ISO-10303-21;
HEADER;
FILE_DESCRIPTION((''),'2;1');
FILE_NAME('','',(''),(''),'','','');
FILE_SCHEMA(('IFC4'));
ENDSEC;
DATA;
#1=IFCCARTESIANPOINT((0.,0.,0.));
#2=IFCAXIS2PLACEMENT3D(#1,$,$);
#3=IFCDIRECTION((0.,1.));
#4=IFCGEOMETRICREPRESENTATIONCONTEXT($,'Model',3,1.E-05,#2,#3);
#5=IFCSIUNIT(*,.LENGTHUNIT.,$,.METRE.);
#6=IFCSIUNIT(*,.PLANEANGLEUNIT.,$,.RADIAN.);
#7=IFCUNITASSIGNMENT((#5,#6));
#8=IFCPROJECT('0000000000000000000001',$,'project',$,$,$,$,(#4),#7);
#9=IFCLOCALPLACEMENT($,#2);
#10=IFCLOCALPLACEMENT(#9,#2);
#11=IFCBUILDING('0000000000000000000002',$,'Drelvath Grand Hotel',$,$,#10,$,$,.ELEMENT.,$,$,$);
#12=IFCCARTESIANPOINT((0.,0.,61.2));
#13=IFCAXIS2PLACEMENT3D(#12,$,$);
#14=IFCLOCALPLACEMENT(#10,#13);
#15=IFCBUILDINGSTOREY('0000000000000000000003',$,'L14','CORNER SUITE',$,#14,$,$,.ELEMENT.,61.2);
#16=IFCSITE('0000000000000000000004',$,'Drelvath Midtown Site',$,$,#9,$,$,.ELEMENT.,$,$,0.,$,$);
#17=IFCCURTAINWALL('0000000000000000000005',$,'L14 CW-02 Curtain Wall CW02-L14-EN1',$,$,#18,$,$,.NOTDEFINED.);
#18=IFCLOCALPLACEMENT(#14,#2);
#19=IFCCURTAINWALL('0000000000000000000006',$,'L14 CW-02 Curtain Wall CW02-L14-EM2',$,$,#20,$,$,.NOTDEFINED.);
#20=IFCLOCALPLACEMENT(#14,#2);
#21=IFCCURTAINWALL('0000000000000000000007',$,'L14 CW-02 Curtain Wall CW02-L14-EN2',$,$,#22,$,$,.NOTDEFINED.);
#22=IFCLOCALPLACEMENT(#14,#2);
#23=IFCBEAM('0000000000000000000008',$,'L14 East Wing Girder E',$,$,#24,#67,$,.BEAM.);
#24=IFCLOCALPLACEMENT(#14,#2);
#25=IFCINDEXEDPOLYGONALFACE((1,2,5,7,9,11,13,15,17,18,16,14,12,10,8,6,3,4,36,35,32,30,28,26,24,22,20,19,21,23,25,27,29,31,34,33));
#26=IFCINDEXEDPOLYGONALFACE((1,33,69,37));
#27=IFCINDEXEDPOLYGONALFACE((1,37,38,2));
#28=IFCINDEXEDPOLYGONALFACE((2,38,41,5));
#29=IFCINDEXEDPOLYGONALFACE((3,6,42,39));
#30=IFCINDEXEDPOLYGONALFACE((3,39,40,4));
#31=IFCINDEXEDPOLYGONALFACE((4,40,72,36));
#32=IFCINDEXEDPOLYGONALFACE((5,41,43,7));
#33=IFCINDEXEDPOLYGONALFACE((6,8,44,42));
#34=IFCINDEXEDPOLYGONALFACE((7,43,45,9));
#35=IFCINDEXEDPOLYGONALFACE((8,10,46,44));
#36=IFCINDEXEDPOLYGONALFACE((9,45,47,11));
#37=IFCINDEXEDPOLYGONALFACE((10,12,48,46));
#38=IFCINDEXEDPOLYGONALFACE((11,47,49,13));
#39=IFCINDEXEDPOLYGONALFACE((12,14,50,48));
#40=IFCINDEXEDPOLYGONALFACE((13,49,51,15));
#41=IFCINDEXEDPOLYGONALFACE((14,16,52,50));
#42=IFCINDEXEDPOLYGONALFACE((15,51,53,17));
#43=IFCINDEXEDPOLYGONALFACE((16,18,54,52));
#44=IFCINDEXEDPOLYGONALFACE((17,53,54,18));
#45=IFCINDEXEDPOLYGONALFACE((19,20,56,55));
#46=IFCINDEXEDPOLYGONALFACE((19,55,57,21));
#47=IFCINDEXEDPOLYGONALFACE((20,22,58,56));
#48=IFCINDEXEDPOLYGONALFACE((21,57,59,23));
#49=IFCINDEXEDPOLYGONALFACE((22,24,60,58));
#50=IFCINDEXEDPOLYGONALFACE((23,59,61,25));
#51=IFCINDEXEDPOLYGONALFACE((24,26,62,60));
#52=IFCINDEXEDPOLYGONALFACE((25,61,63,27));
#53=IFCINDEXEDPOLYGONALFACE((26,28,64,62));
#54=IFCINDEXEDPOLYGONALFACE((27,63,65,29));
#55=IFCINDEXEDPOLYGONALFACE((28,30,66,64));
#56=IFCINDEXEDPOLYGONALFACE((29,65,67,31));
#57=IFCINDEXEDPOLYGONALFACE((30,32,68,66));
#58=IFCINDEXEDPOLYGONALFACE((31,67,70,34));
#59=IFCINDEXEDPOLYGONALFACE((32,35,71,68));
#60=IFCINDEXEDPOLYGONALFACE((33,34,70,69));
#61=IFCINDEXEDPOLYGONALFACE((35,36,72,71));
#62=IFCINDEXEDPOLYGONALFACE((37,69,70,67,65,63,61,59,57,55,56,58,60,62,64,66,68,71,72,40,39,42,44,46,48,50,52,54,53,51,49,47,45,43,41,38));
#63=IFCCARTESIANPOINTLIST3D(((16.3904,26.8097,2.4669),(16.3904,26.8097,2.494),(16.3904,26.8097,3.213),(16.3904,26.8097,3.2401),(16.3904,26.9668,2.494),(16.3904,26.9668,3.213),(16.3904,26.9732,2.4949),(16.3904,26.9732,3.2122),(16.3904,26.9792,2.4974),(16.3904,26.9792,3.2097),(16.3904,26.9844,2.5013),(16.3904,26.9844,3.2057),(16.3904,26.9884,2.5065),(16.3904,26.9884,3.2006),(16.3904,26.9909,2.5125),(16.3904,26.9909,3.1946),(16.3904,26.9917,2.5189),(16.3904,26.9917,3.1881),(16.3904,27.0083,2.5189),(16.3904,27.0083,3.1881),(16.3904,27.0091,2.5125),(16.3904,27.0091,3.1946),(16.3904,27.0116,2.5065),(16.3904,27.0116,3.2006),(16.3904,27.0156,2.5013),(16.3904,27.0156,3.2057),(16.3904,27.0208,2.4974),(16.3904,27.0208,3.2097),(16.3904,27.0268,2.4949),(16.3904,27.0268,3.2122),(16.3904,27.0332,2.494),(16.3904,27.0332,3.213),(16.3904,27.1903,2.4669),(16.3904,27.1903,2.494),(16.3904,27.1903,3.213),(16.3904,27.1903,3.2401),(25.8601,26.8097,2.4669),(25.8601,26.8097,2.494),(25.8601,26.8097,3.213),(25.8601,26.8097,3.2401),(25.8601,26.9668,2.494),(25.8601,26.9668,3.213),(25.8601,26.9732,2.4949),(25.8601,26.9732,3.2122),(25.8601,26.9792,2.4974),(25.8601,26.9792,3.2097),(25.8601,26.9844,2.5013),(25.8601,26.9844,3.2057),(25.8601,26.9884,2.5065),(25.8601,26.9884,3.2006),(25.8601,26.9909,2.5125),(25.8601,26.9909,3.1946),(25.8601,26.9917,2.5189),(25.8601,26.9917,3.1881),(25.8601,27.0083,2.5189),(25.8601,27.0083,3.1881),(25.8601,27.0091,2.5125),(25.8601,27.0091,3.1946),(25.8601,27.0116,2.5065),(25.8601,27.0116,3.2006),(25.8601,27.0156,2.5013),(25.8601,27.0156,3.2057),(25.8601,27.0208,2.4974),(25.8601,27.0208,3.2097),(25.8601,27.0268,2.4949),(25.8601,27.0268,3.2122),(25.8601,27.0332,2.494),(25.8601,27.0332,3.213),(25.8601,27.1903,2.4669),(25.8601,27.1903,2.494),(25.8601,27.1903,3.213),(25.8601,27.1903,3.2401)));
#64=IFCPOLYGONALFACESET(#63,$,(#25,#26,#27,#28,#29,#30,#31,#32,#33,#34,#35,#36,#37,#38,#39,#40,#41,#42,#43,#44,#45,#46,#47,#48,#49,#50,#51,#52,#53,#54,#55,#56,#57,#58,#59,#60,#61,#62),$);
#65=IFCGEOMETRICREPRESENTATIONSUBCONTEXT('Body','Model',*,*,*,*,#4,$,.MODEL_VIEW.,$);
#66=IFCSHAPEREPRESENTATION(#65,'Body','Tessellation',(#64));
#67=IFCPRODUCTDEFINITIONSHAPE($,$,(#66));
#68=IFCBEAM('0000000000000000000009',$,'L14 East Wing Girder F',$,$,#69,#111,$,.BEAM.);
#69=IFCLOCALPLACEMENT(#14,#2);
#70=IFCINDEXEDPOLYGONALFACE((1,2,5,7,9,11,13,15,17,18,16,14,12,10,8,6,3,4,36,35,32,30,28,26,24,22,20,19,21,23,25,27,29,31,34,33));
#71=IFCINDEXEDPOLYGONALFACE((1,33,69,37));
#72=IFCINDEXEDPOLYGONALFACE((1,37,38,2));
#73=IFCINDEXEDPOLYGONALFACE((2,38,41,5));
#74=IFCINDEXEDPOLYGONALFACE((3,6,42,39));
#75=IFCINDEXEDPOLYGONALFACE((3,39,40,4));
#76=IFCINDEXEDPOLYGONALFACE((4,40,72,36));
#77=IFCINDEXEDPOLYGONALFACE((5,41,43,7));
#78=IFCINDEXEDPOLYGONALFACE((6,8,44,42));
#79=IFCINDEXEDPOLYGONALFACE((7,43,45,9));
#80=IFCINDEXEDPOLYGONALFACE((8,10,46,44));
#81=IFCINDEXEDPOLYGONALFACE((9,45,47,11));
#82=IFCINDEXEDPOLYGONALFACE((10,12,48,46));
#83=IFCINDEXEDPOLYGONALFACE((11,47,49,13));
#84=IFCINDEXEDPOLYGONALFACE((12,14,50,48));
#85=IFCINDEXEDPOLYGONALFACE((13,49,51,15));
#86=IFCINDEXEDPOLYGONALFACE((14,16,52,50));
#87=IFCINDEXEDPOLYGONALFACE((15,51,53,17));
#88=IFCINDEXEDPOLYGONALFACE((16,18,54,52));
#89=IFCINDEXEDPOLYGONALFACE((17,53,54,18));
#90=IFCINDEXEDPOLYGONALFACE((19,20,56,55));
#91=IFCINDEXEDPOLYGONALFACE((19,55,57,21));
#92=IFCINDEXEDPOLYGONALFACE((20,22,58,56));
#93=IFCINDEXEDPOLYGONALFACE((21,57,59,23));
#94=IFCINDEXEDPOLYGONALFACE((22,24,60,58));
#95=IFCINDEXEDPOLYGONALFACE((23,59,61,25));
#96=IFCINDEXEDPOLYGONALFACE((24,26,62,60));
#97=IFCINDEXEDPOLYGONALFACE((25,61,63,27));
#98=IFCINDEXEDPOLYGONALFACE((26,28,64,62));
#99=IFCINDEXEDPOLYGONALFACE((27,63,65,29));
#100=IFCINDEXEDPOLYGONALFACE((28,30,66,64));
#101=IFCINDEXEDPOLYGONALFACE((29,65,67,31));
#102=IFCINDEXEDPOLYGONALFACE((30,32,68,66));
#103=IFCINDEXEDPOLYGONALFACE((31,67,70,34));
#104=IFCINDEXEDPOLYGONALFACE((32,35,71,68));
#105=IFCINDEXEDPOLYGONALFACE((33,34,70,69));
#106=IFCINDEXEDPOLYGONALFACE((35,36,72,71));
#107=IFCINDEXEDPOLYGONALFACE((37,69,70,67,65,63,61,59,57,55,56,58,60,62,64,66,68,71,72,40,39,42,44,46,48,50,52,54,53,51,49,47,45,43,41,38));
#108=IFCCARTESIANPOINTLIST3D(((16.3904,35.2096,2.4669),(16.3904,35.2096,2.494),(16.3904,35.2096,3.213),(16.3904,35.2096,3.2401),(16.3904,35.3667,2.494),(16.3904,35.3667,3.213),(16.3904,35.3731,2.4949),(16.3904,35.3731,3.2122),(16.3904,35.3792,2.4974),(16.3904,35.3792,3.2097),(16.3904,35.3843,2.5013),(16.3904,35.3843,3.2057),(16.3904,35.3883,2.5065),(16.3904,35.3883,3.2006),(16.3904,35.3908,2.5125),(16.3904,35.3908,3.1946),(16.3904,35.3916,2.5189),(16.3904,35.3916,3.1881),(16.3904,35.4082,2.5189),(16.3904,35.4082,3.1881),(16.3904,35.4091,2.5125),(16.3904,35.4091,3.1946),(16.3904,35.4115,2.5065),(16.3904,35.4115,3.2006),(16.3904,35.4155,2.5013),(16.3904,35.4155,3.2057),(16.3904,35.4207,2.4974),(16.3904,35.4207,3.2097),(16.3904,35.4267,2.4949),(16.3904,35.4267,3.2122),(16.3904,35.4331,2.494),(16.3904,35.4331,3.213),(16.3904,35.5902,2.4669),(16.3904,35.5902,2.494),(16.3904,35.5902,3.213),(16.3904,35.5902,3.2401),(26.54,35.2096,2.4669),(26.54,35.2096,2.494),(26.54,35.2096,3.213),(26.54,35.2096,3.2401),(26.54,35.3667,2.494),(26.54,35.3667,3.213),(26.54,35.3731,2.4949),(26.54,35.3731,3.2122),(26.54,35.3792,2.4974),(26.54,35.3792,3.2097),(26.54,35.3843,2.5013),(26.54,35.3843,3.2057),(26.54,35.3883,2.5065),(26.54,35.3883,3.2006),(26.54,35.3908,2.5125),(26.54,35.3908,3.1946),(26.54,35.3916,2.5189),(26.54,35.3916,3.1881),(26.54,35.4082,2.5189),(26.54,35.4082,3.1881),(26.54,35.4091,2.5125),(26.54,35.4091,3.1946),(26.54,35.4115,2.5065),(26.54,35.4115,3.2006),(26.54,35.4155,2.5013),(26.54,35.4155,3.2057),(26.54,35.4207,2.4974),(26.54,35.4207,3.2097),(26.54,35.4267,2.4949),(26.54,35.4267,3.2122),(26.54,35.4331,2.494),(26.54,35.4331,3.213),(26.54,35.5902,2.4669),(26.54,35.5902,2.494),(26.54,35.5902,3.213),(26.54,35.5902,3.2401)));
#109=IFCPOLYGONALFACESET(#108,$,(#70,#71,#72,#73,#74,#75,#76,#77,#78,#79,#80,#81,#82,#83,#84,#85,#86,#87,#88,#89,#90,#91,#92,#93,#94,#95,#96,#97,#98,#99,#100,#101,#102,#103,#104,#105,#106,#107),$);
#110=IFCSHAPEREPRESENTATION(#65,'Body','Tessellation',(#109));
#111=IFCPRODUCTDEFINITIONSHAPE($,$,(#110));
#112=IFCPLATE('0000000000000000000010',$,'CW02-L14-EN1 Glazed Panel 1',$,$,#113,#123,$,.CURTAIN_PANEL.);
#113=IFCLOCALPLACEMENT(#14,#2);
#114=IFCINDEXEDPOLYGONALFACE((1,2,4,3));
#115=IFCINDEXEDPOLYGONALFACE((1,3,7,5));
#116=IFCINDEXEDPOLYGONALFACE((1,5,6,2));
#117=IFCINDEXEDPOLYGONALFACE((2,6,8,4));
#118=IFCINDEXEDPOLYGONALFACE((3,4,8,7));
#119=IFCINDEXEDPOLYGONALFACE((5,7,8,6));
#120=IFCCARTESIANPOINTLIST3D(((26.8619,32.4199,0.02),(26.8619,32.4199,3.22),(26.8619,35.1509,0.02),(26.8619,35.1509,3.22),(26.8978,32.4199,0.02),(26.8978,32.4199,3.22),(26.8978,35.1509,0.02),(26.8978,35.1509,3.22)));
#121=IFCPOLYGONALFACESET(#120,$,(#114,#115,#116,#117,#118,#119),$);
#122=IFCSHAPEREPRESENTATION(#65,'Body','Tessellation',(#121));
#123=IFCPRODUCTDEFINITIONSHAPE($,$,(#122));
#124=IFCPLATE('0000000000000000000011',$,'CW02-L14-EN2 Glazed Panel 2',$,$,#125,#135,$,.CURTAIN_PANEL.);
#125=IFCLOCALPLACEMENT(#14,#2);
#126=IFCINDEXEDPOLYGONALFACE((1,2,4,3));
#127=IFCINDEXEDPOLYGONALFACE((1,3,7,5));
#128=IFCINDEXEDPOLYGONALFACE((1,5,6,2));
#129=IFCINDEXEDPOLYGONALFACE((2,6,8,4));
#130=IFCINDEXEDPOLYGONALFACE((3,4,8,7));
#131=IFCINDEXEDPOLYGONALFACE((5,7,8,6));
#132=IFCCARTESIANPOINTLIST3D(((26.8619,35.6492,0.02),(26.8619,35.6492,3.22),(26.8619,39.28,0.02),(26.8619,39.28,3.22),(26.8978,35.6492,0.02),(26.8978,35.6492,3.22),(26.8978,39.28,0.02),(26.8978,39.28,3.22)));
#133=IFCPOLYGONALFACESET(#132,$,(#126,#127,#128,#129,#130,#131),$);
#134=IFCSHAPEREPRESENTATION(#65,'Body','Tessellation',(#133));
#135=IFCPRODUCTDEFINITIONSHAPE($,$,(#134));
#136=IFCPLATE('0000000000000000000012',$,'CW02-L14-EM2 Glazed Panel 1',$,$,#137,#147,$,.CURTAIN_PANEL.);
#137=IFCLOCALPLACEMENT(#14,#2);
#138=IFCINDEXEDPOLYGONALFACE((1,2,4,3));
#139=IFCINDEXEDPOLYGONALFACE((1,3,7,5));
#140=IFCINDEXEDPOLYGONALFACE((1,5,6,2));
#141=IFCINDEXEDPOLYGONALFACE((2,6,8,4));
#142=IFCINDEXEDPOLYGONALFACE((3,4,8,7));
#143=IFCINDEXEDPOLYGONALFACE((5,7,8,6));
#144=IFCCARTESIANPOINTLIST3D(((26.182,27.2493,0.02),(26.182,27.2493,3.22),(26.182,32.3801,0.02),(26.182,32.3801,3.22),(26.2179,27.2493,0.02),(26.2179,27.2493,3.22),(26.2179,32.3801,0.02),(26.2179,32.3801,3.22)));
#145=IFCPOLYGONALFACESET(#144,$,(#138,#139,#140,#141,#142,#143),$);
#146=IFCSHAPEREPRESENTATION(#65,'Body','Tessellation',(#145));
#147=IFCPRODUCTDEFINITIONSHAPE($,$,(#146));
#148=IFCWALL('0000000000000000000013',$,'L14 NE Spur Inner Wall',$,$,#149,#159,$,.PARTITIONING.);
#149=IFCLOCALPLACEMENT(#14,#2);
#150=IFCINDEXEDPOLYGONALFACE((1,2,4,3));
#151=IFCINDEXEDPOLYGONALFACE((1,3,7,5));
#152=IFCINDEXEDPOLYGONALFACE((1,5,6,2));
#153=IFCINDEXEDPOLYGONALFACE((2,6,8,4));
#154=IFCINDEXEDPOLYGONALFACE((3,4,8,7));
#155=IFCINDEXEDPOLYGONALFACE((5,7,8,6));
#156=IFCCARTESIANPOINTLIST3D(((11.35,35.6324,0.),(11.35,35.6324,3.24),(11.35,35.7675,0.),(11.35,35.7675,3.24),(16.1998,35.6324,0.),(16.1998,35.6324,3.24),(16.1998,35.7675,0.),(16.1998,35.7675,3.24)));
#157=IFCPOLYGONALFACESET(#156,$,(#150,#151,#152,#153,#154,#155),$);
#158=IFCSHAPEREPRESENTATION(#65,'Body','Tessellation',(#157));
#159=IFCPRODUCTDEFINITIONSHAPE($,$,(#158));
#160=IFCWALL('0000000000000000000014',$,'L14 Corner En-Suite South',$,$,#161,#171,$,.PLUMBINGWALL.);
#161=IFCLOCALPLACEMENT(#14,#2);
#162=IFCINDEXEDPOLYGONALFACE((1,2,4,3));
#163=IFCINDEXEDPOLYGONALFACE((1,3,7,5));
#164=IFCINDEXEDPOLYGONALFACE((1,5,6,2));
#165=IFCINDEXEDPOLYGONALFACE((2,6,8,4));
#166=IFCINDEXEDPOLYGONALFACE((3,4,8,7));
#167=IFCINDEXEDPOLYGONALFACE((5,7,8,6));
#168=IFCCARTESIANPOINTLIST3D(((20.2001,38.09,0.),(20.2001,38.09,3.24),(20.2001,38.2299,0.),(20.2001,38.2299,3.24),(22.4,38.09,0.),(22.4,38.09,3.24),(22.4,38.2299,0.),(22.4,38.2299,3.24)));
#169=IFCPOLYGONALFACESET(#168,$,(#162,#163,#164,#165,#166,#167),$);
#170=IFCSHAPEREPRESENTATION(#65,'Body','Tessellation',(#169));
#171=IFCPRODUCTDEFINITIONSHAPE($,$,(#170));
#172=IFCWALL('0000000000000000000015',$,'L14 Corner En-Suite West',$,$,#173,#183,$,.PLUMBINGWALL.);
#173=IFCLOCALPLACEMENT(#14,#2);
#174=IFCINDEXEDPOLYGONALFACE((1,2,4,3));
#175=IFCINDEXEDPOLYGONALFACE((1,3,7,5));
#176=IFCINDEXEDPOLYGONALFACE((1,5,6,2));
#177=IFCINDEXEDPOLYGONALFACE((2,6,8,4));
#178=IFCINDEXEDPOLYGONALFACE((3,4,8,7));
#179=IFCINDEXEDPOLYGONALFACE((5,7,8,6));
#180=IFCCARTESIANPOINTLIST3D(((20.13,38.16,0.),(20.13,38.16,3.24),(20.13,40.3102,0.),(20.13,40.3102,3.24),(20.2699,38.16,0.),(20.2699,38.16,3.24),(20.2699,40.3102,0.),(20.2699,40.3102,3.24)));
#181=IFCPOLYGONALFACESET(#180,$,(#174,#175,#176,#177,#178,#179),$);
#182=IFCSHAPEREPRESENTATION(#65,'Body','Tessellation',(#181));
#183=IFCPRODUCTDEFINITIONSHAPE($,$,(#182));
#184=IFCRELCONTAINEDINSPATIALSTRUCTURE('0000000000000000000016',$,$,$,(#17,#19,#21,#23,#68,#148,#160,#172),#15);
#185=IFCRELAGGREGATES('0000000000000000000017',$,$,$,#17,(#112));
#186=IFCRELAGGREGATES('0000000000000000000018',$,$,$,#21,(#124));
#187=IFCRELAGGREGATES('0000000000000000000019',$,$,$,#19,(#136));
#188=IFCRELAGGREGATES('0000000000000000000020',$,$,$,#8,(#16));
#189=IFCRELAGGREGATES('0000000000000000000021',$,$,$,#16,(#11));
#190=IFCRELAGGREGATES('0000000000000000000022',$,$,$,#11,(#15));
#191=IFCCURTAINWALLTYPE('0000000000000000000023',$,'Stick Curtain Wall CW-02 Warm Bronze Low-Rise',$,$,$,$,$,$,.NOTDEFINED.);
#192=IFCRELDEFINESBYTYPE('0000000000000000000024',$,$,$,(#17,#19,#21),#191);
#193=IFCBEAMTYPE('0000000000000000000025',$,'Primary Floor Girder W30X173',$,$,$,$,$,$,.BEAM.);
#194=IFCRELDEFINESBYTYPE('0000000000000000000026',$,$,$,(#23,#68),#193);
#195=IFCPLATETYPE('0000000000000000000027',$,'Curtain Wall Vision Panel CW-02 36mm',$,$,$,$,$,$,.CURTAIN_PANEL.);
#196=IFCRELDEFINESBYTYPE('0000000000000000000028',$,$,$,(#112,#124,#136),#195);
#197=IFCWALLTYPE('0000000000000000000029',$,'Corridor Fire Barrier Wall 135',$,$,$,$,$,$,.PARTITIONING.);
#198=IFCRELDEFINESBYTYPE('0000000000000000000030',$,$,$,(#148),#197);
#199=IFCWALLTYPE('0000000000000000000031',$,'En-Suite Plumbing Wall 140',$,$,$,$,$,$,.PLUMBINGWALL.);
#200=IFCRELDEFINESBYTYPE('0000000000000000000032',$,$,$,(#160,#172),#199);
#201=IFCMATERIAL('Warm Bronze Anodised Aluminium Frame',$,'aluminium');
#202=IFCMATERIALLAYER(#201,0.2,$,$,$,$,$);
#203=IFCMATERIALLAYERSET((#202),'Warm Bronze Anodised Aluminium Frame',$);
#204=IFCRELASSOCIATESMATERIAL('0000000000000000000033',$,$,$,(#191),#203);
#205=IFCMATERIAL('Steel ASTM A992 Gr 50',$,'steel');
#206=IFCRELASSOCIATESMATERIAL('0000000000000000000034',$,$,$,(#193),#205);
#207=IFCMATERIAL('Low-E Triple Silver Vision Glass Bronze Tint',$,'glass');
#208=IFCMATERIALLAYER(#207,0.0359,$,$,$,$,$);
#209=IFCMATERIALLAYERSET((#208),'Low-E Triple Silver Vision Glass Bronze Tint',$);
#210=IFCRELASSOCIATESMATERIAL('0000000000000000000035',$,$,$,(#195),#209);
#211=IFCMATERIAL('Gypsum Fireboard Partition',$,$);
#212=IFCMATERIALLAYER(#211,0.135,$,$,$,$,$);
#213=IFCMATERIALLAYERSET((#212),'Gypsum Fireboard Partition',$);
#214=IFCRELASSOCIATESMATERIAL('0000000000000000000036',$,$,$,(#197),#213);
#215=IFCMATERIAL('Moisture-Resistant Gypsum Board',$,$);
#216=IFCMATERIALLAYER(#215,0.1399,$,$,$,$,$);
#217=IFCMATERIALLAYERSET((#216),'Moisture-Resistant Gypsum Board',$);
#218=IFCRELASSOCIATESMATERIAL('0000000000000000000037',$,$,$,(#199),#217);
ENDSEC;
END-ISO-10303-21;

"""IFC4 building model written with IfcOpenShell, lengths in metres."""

from ifc_helpers import new_model, si_unit, direction, frame, frame_2d, origin, origin_2d, place, context, subcontext, project, spatial, rectangle, i_section, extrude, material, layer, layer_set, material_profile, profile_set, type_object, element, aggregate, save


model = new_model("IFC4")

# Units and contexts
model_context = context("Model", 3, precision=1e-05, world=origin(), true_north=direction((0.0, 1.0)))
body_context = subcontext(model_context, "Body", "Model", "MODEL_VIEW")
ifc_project = project(units=[si_unit("LENGTHUNIT", "METRE"), si_unit("PLANEANGLEUNIT", "RADIAN")], contexts=[model_context])

# Site, building, storey
site_placement = place(None, origin())
site = spatial("IfcSite", under=ifc_project, at=site_placement, Name="Drelvath Midtown Site", CompositionType="ELEMENT", RefElevation=0.0)
building_placement = place(site_placement, origin())
building = spatial("IfcBuilding", under=site, at=building_placement, Name="Drelvath Grand Hotel", CompositionType="ELEMENT")
storey_placement = place(building_placement, frame((0.0, 0.0, 61.2)))
storey = spatial("IfcBuildingStorey", under=building, at=storey_placement, Name="L14", Description="CORNER SUITE", CompositionType="ELEMENT", Elevation=61.2)

# Curtain walls
ifc_material_1 = material(Name="Warm Bronze Anodised Aluminium Frame", Category="aluminium")
ifc_layer_1 = layer(ifc_material_1, 0.2)
ifc_layer_set_1 = layer_set([ifc_layer_1], Name="Warm Bronze Anodised Aluminium Frame")
curtain_wall_type = type_object("IfcCurtainWallType", Name="Stick Curtain Wall CW-02 Warm Bronze Low-Rise", PredefinedType="NOTDEFINED", material=ifc_layer_set_1)
curtain_wall_1_placement = place(storey_placement, origin())
curtain_wall_1 = element("IfcCurtainWall", 1, at=curtain_wall_1_placement, inside=storey, type_object=curtain_wall_type, Name="L14 CW-02 Curtain Wall CW02-L14-EN1", PredefinedType="NOTDEFINED")
curtain_wall_2_placement = place(storey_placement, origin())
curtain_wall_2 = element("IfcCurtainWall", 2, at=curtain_wall_2_placement, inside=storey, type_object=curtain_wall_type, Name="L14 CW-02 Curtain Wall CW02-L14-EM2", PredefinedType="NOTDEFINED")

# Curtain wall
curtain_wall_3_placement = place(storey_placement, origin())
curtain_wall_3 = element("IfcCurtainWall", 3, at=curtain_wall_3_placement, inside=storey, type_object=curtain_wall_type, Name="L14 CW-02 Curtain Wall CW02-L14-EN2", PredefinedType="NOTDEFINED")

# Beams
ifc_material_2 = material(Name="Steel ASTM A992 Gr 50", Category="steel")
ifc_material_profile_1 = material_profile(ifc_material_2, i_section(OverallWidth=0.3806, OverallDepth=0.7732, WebThickness=0.0166, FlangeThickness=0.0271, FilletRadius=0.0249, at=origin_2d()), Name="W30X173")
ifc_profile_set_1 = profile_set([ifc_material_profile_1], Name="Steel ASTM A992 Gr 50")
beam_type_1 = type_object("IfcBeamType", Name="Primary Floor Girder W30X173", PredefinedType="BEAM", material=ifc_profile_set_1)
beam_1_placement = place(storey_placement, frame((16.3904, 27.0, 2.8535), z_axis=(1.0, 0.0, 0.0), x_axis=(0.0, 1.0, 0.0)))
element("IfcBeam", 4, at=beam_1_placement, inside=storey, type_object=beam_type_1, Name="L14 East Wing Girder E", PredefinedType="BEAM", context=body_context, shape_type="SweptSolid", body=[
    extrude(i_section(OverallWidth=0.3806, OverallDepth=0.7732, WebThickness=0.0166, FlangeThickness=0.0271, FilletRadius=0.0249, at=origin_2d()), origin(), (0.0, 0.0, 1.0), 9.4697),
])
beam_2_placement = place(storey_placement, frame((16.3904, 35.3999, 2.8535), z_axis=(1.0, 0.0, 0.0), x_axis=(0.0, 1.0, 0.0)))
element("IfcBeam", 5, at=beam_2_placement, inside=storey, type_object=beam_type_1, Name="L14 East Wing Girder F", PredefinedType="BEAM", context=body_context, shape_type="SweptSolid", body=[
    extrude(i_section(OverallWidth=0.3806, OverallDepth=0.7732, WebThickness=0.0166, FlangeThickness=0.0271, FilletRadius=0.0249, at=origin_2d()), origin(), (0.0, 0.0, 1.0), 10.1497),
])

# Plates
ifc_material_3 = material(Name="Low-E Triple Silver Vision Glass Bronze Tint", Category="glass")
ifc_layer_2 = layer(ifc_material_3, 0.0359)
ifc_layer_set_2 = layer_set([ifc_layer_2], Name="Low-E Triple Silver Vision Glass Bronze Tint")
plate_type = type_object("IfcPlateType", Name="Curtain Wall Vision Panel CW-02 36mm", PredefinedType="CURTAIN_PANEL", material=ifc_layer_set_2)
plate_1_placement = place(storey_placement, frame((26.8799, 33.7854, 0.02), z_axis=(0.0, 0.0, 1.0), x_axis=(0.0, -1.0, 0.0)))
plate_1 = element("IfcPlate", 6, at=plate_1_placement, type_object=plate_type, Name="CW02-L14-EN1 Glazed Panel 1", PredefinedType="CURTAIN_PANEL", context=body_context, shape_type="SweptSolid", body=[
    extrude(rectangle(XDim=2.731, YDim=0.0359, at=origin_2d()), origin(), (0.0, 0.0, 1.0), 3.2),
])
aggregate(curtain_wall_1, [plate_1])
plate_2_placement = place(storey_placement, frame((26.8799, 37.4646, 0.02), z_axis=(0.0, 0.0, 1.0), x_axis=(0.0, -1.0, 0.0)))
plate_2 = element("IfcPlate", 7, at=plate_2_placement, type_object=plate_type, Name="CW02-L14-EN2 Glazed Panel 2", PredefinedType="CURTAIN_PANEL", context=body_context, shape_type="SweptSolid", body=[
    extrude(rectangle(XDim=3.6309, YDim=0.0359, at=origin_2d()), origin(), (0.0, 0.0, 1.0), 3.2),
])
aggregate(curtain_wall_3, [plate_2])
plate_3_placement = place(storey_placement, frame((26.2, 29.8147, 0.02), z_axis=(0.0, 0.0, 1.0), x_axis=(0.0, -1.0, 0.0)))
plate_3 = element("IfcPlate", 8, at=plate_3_placement, type_object=plate_type, Name="CW02-L14-EM2 Glazed Panel 1", PredefinedType="CURTAIN_PANEL", context=body_context, shape_type="SweptSolid", body=[
    extrude(rectangle(XDim=5.1309, YDim=0.0359, at=origin_2d()), origin(), (0.0, 0.0, 1.0), 3.2),
])
aggregate(curtain_wall_2, [plate_3])

# Wall
ifc_material_4 = material(Name="Gypsum Fireboard Partition")
ifc_layer_3 = layer(ifc_material_4, 0.135)
ifc_layer_set_3 = layer_set([ifc_layer_3], Name="Gypsum Fireboard Partition")
wall_type_1 = type_object("IfcWallType", Name="Corridor Fire Barrier Wall 135", PredefinedType="PARTITIONING", material=ifc_layer_set_3)
wall_1_placement = place(storey_placement, frame((11.3501, 35.7, 0.0), z_axis=(0.0, 0.0, 1.0), x_axis=(1.0, 0.0, 0.0)))
element("IfcWall", 9, at=wall_1_placement, inside=storey, type_object=wall_type_1, Name="L14 NE Spur Inner Wall", PredefinedType="PARTITIONING", context=body_context, shape_type="SweptSolid", body=[
    extrude(rectangle(XDim=4.8499, YDim=0.135, at=frame_2d((2.4248, 0.0))), origin(), (0.0, 0.0, 1.0), 3.24),
])

# Walls
ifc_material_5 = material(Name="Moisture-Resistant Gypsum Board")
ifc_layer_4 = layer(ifc_material_5, 0.1399)
ifc_layer_set_4 = layer_set([ifc_layer_4], Name="Moisture-Resistant Gypsum Board")
wall_type_2 = type_object("IfcWallType", Name="En-Suite Plumbing Wall 140", PredefinedType="PLUMBINGWALL", material=ifc_layer_set_4)
wall_2_placement = place(storey_placement, frame((20.2, 38.1599, 0.0), z_axis=(0.0, 0.0, 1.0), x_axis=(1.0, 0.0, 0.0)))
element("IfcWall", 10, at=wall_2_placement, inside=storey, type_object=wall_type_2, Name="L14 Corner En-Suite South", PredefinedType="PLUMBINGWALL", context=body_context, shape_type="SweptSolid", body=[
    extrude(rectangle(XDim=2.2, YDim=0.1399, at=frame_2d((1.1001, 0.0))), origin(), (0.0, 0.0, 1.0), 3.24),
])
wall_3_placement = place(storey_placement, frame((20.2, 38.1599, 0.0), z_axis=(0.0, 0.0, 1.0), x_axis=(0.0, 1.0, 0.0)))
element("IfcWall", 11, at=wall_3_placement, inside=storey, type_object=wall_type_2, Name="L14 Corner En-Suite West", PredefinedType="PLUMBINGWALL", context=body_context, shape_type="SweptSolid", body=[
    extrude(rectangle(XDim=2.1501, YDim=0.1399, at=frame_2d((1.0752, 0.0))), origin(), (0.0, 0.0, 1.0), 3.24),
])

save(model, "model.ifc")
